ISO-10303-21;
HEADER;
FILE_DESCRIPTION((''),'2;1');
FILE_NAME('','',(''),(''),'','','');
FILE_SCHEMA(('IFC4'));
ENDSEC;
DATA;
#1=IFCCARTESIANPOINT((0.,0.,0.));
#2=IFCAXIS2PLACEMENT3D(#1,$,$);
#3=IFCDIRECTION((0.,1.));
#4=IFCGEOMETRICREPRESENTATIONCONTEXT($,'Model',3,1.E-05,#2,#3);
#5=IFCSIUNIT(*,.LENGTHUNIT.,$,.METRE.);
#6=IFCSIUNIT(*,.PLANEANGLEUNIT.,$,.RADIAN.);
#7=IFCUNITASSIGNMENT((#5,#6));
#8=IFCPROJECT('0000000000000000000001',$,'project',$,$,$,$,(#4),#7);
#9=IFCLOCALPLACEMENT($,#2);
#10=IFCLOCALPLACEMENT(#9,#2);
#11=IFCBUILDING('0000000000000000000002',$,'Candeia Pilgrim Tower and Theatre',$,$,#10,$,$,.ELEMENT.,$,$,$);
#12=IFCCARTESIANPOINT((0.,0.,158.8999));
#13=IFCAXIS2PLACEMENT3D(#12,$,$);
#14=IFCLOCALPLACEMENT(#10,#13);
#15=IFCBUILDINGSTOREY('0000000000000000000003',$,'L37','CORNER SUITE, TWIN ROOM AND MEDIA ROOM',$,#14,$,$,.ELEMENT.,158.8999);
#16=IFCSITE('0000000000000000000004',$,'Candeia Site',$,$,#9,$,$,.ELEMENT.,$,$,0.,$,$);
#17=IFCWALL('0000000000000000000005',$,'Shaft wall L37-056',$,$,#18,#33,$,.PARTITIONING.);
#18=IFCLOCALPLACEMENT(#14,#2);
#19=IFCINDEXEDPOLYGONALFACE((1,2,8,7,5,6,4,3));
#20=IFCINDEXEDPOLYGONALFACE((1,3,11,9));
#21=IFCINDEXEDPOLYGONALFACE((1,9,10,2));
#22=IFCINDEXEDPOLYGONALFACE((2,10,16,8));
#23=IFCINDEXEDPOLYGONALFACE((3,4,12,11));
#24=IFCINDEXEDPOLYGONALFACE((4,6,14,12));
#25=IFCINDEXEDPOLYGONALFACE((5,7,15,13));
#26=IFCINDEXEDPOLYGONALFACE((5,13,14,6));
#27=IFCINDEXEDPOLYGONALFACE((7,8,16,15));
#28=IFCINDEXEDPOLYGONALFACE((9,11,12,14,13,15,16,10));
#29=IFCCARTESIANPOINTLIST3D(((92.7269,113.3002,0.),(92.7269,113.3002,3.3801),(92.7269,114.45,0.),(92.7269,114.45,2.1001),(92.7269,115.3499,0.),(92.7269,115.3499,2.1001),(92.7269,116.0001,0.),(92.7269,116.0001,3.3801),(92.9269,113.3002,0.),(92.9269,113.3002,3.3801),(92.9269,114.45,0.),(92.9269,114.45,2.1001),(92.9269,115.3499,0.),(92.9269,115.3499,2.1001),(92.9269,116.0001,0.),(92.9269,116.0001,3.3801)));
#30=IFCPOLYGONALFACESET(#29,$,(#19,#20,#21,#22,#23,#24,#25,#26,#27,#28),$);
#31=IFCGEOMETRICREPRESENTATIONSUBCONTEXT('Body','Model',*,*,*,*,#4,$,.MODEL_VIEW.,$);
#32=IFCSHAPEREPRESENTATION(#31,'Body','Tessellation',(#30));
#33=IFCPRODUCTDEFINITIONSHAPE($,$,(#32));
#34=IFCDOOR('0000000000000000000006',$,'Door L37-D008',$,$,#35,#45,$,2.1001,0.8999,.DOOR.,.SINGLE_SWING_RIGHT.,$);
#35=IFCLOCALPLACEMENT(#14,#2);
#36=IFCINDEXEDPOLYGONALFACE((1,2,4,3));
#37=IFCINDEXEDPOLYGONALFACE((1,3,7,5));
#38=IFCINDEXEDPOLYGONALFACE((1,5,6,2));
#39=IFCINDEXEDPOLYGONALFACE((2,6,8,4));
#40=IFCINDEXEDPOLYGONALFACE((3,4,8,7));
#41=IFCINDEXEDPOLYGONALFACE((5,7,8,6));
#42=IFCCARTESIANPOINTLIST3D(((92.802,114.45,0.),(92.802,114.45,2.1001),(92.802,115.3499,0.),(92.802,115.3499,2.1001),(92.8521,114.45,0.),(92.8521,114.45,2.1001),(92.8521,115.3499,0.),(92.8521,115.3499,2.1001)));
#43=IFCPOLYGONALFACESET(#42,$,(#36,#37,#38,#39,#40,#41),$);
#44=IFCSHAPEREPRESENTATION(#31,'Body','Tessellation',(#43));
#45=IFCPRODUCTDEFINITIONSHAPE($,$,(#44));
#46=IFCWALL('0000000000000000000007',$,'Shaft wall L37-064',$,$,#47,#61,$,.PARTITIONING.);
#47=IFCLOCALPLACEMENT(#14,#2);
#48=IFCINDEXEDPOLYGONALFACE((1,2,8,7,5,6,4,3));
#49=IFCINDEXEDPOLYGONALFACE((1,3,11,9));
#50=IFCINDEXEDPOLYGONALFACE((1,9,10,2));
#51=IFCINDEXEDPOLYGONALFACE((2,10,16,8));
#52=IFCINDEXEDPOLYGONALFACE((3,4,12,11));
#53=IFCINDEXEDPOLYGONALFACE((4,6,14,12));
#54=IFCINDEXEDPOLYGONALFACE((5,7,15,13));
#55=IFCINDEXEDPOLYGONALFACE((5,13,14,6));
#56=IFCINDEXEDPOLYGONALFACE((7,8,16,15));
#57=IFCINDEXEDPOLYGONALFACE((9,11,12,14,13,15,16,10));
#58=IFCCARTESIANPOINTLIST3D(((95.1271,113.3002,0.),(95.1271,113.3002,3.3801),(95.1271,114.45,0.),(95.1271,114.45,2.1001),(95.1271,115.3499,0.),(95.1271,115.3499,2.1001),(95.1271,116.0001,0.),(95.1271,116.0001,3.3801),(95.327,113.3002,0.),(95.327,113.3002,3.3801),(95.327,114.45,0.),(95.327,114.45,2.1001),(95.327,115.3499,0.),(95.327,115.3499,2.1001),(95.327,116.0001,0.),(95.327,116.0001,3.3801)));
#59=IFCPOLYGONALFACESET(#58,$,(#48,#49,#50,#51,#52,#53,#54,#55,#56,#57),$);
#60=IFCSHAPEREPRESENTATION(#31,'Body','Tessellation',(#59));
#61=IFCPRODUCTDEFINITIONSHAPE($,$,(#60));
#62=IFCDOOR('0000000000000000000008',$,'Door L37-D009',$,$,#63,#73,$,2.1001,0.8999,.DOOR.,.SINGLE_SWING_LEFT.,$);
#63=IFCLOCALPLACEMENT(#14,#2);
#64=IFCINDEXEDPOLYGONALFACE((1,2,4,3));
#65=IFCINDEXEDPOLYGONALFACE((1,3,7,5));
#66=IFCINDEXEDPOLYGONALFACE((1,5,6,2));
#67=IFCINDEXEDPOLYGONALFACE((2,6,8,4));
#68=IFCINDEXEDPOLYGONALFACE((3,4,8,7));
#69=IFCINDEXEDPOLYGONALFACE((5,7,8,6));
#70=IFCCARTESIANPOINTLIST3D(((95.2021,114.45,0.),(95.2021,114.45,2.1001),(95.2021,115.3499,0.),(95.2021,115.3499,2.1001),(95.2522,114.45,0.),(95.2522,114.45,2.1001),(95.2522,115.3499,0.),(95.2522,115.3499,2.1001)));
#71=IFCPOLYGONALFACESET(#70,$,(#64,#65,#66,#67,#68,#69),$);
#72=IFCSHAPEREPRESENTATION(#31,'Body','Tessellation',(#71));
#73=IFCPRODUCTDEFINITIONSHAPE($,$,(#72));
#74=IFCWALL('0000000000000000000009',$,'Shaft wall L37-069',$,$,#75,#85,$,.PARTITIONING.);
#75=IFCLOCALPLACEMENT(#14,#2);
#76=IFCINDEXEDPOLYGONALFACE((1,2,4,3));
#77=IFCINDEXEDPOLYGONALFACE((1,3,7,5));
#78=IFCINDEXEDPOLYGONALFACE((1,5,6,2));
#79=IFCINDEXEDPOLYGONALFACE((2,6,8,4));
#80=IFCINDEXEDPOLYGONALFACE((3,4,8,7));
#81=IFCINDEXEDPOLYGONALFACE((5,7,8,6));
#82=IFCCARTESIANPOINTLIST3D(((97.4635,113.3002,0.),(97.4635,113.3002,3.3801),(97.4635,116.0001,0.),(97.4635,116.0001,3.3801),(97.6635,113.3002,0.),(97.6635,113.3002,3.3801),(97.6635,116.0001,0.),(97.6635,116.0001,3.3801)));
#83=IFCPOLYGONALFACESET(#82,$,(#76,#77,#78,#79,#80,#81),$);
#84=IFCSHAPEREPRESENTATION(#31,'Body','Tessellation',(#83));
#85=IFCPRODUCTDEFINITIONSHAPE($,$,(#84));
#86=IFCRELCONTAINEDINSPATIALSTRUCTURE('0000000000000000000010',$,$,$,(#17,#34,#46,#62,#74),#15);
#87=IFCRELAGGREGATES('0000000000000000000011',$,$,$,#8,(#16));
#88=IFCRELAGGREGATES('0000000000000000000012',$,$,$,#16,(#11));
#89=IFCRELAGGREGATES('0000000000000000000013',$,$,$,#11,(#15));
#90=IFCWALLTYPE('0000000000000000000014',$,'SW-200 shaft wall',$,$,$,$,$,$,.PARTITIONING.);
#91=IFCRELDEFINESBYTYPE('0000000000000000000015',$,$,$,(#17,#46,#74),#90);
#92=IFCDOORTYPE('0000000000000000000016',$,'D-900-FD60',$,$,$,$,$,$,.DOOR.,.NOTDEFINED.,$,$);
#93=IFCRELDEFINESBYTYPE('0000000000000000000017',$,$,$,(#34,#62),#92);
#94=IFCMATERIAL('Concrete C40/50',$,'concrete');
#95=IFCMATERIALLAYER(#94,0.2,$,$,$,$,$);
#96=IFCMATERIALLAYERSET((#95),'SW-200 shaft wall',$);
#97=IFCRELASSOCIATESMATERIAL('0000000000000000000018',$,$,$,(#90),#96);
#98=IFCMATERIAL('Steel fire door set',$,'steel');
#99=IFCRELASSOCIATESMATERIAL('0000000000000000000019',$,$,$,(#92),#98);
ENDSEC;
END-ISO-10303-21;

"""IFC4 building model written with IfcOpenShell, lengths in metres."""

from ifc_helpers import new_model, si_unit, direction, frame, frame_2d, origin, place, context, subcontext, project, spatial, rectangle, extrude, material, layer, layer_set, type_object, element, fill, save


model = new_model("IFC4")

# Units and contexts
model_context = context("Model", 3, precision=1e-05, world=origin(), true_north=direction((0.0, 1.0)))
body_context = subcontext(model_context, "Body", "Model", "MODEL_VIEW")
ifc_project = project(units=[si_unit("LENGTHUNIT", "METRE"), si_unit("PLANEANGLEUNIT", "RADIAN")], contexts=[model_context])

# Site, building, storey
site_placement = place(None, origin())
site = spatial("IfcSite", under=ifc_project, at=site_placement, Name="Candeia Site", CompositionType="ELEMENT", RefElevation=0.0)
building_placement = place(site_placement, origin())
building = spatial("IfcBuilding", under=site, at=building_placement, Name="Candeia Pilgrim Tower and Theatre", CompositionType="ELEMENT")
storey_placement = place(building_placement, frame((0.0, 0.0, 158.8999)))
storey = spatial("IfcBuildingStorey", under=building, at=storey_placement, Name="L37", Description="CORNER SUITE, TWIN ROOM AND MEDIA ROOM", CompositionType="ELEMENT", Elevation=158.8999)

# Shared definitions
ifc_material_1 = material(Name="Steel fire door set", Category="steel")

# Walls, openings, doors
ifc_material_2 = material(Name="Concrete C40/50", Category="concrete")
ifc_layer_1 = layer(ifc_material_2, 0.2)
ifc_layer_set_1 = layer_set([ifc_layer_1], Name="SW-200 shaft wall")
wall_type_1 = type_object("IfcWallType", Name="SW-200 shaft wall", PredefinedType="PARTITIONING", material=ifc_layer_set_1)
wall_1_placement = place(storey_placement, frame((92.8269, 113.3, 0.0), z_axis=(0.0, 0.0, 1.0), x_axis=(0.0, 1.0, 0.0)))
wall_1 = element("IfcWall", 1, at=wall_1_placement, inside=storey, type_object=wall_type_1, Name="Shaft wall L37-056", PredefinedType="PARTITIONING", context=body_context, shape_type="SweptSolid", body=[
    extrude(rectangle(XDim=2.7, YDim=0.2, at=frame_2d((1.3501, 0.0))), origin(), (0.0, 0.0, 1.0), 3.3801),
])
opening_1_placement = place(wall_1_placement, frame((1.1499, 0.0, 0.0)))
opening_1 = element("IfcOpeningElement", 2, at=opening_1_placement, cuts=wall_1, PredefinedType="OPENING", context=body_context, shape_type="SweptSolid", body=[
    extrude(rectangle(XDim=0.8999, YDim=2.1001, at=frame_2d((0.45, 1.05))), frame((0.0, 0.1099, 0.0), z_axis=(0.0, -1.0, 0.0), x_axis=(1.0, 0.0, 0.0)), (0.0, 0.0, 1.0), 0.22),
])
door_type_1 = type_object("IfcDoorType", Name="D-900-FD60", OperationType="NOTDEFINED", PredefinedType="DOOR", material=ifc_material_1)
door_1_placement = place(opening_1_placement, origin())
door_1 = element("IfcDoor", 3, at=door_1_placement, inside=storey, type_object=door_type_1, Name="Door L37-D008", OperationType="SINGLE_SWING_RIGHT", OverallHeight=2.1001, OverallWidth=0.8999, PredefinedType="DOOR", context=body_context, shape_type="SweptSolid", body=[
    extrude(rectangle(XDim=0.8999, YDim=2.1001, at=frame_2d((0.45, 1.05))), frame((0.0, 0.0249, 0.0), z_axis=(0.0, -1.0, 0.0), x_axis=(1.0, 0.0, 0.0)), (0.0, 0.0, 1.0), 0.05),
])
fill(opening_1, door_1)
wall_2_placement = place(storey_placement, frame((95.2271, 113.3, 0.0), z_axis=(0.0, 0.0, 1.0), x_axis=(0.0, 1.0, 0.0)))
wall_2 = element("IfcWall", 4, at=wall_2_placement, inside=storey, type_object=wall_type_1, Name="Shaft wall L37-064", PredefinedType="PARTITIONING", context=body_context, shape_type="SweptSolid", body=[
    extrude(rectangle(XDim=2.7, YDim=0.2, at=frame_2d((1.3501, 0.0))), origin(), (0.0, 0.0, 1.0), 3.3801),
])
opening_2_placement = place(wall_2_placement, frame((1.1499, 0.0, 0.0)))
opening_2 = element("IfcOpeningElement", 5, at=opening_2_placement, cuts=wall_2, PredefinedType="OPENING", context=body_context, shape_type="SweptSolid", body=[
    extrude(rectangle(XDim=0.8999, YDim=2.1001, at=frame_2d((0.45, 1.05))), frame((0.0, 0.1099, 0.0), z_axis=(0.0, -1.0, 0.0), x_axis=(1.0, 0.0, 0.0)), (0.0, 0.0, 1.0), 0.22),
])
door_2_placement = place(opening_2_placement, origin())
door_2 = element("IfcDoor", 6, at=door_2_placement, inside=storey, type_object=door_type_1, Name="Door L37-D009", OperationType="SINGLE_SWING_LEFT", OverallHeight=2.1001, OverallWidth=0.8999, PredefinedType="DOOR", context=body_context, shape_type="SweptSolid", body=[
    extrude(rectangle(XDim=0.8999, YDim=2.1001, at=frame_2d((0.45, 1.05))), frame((0.0, 0.0249, 0.0), z_axis=(0.0, -1.0, 0.0), x_axis=(1.0, 0.0, 0.0)), (0.0, 0.0, 1.0), 0.05),
])
fill(opening_2, door_2)

# Wall
wall_3_placement = place(storey_placement, frame((97.5635, 113.3, 0.0), z_axis=(0.0, 0.0, 1.0), x_axis=(0.0, 1.0, 0.0)))
element("IfcWall", 7, at=wall_3_placement, inside=storey, type_object=wall_type_1, Name="Shaft wall L37-069", PredefinedType="PARTITIONING", context=body_context, shape_type="SweptSolid", body=[
    extrude(rectangle(XDim=2.7, YDim=0.2, at=frame_2d((1.3501, 0.0))), origin(), (0.0, 0.0, 1.0), 3.3801),
])

save(model, "model.ifc")
